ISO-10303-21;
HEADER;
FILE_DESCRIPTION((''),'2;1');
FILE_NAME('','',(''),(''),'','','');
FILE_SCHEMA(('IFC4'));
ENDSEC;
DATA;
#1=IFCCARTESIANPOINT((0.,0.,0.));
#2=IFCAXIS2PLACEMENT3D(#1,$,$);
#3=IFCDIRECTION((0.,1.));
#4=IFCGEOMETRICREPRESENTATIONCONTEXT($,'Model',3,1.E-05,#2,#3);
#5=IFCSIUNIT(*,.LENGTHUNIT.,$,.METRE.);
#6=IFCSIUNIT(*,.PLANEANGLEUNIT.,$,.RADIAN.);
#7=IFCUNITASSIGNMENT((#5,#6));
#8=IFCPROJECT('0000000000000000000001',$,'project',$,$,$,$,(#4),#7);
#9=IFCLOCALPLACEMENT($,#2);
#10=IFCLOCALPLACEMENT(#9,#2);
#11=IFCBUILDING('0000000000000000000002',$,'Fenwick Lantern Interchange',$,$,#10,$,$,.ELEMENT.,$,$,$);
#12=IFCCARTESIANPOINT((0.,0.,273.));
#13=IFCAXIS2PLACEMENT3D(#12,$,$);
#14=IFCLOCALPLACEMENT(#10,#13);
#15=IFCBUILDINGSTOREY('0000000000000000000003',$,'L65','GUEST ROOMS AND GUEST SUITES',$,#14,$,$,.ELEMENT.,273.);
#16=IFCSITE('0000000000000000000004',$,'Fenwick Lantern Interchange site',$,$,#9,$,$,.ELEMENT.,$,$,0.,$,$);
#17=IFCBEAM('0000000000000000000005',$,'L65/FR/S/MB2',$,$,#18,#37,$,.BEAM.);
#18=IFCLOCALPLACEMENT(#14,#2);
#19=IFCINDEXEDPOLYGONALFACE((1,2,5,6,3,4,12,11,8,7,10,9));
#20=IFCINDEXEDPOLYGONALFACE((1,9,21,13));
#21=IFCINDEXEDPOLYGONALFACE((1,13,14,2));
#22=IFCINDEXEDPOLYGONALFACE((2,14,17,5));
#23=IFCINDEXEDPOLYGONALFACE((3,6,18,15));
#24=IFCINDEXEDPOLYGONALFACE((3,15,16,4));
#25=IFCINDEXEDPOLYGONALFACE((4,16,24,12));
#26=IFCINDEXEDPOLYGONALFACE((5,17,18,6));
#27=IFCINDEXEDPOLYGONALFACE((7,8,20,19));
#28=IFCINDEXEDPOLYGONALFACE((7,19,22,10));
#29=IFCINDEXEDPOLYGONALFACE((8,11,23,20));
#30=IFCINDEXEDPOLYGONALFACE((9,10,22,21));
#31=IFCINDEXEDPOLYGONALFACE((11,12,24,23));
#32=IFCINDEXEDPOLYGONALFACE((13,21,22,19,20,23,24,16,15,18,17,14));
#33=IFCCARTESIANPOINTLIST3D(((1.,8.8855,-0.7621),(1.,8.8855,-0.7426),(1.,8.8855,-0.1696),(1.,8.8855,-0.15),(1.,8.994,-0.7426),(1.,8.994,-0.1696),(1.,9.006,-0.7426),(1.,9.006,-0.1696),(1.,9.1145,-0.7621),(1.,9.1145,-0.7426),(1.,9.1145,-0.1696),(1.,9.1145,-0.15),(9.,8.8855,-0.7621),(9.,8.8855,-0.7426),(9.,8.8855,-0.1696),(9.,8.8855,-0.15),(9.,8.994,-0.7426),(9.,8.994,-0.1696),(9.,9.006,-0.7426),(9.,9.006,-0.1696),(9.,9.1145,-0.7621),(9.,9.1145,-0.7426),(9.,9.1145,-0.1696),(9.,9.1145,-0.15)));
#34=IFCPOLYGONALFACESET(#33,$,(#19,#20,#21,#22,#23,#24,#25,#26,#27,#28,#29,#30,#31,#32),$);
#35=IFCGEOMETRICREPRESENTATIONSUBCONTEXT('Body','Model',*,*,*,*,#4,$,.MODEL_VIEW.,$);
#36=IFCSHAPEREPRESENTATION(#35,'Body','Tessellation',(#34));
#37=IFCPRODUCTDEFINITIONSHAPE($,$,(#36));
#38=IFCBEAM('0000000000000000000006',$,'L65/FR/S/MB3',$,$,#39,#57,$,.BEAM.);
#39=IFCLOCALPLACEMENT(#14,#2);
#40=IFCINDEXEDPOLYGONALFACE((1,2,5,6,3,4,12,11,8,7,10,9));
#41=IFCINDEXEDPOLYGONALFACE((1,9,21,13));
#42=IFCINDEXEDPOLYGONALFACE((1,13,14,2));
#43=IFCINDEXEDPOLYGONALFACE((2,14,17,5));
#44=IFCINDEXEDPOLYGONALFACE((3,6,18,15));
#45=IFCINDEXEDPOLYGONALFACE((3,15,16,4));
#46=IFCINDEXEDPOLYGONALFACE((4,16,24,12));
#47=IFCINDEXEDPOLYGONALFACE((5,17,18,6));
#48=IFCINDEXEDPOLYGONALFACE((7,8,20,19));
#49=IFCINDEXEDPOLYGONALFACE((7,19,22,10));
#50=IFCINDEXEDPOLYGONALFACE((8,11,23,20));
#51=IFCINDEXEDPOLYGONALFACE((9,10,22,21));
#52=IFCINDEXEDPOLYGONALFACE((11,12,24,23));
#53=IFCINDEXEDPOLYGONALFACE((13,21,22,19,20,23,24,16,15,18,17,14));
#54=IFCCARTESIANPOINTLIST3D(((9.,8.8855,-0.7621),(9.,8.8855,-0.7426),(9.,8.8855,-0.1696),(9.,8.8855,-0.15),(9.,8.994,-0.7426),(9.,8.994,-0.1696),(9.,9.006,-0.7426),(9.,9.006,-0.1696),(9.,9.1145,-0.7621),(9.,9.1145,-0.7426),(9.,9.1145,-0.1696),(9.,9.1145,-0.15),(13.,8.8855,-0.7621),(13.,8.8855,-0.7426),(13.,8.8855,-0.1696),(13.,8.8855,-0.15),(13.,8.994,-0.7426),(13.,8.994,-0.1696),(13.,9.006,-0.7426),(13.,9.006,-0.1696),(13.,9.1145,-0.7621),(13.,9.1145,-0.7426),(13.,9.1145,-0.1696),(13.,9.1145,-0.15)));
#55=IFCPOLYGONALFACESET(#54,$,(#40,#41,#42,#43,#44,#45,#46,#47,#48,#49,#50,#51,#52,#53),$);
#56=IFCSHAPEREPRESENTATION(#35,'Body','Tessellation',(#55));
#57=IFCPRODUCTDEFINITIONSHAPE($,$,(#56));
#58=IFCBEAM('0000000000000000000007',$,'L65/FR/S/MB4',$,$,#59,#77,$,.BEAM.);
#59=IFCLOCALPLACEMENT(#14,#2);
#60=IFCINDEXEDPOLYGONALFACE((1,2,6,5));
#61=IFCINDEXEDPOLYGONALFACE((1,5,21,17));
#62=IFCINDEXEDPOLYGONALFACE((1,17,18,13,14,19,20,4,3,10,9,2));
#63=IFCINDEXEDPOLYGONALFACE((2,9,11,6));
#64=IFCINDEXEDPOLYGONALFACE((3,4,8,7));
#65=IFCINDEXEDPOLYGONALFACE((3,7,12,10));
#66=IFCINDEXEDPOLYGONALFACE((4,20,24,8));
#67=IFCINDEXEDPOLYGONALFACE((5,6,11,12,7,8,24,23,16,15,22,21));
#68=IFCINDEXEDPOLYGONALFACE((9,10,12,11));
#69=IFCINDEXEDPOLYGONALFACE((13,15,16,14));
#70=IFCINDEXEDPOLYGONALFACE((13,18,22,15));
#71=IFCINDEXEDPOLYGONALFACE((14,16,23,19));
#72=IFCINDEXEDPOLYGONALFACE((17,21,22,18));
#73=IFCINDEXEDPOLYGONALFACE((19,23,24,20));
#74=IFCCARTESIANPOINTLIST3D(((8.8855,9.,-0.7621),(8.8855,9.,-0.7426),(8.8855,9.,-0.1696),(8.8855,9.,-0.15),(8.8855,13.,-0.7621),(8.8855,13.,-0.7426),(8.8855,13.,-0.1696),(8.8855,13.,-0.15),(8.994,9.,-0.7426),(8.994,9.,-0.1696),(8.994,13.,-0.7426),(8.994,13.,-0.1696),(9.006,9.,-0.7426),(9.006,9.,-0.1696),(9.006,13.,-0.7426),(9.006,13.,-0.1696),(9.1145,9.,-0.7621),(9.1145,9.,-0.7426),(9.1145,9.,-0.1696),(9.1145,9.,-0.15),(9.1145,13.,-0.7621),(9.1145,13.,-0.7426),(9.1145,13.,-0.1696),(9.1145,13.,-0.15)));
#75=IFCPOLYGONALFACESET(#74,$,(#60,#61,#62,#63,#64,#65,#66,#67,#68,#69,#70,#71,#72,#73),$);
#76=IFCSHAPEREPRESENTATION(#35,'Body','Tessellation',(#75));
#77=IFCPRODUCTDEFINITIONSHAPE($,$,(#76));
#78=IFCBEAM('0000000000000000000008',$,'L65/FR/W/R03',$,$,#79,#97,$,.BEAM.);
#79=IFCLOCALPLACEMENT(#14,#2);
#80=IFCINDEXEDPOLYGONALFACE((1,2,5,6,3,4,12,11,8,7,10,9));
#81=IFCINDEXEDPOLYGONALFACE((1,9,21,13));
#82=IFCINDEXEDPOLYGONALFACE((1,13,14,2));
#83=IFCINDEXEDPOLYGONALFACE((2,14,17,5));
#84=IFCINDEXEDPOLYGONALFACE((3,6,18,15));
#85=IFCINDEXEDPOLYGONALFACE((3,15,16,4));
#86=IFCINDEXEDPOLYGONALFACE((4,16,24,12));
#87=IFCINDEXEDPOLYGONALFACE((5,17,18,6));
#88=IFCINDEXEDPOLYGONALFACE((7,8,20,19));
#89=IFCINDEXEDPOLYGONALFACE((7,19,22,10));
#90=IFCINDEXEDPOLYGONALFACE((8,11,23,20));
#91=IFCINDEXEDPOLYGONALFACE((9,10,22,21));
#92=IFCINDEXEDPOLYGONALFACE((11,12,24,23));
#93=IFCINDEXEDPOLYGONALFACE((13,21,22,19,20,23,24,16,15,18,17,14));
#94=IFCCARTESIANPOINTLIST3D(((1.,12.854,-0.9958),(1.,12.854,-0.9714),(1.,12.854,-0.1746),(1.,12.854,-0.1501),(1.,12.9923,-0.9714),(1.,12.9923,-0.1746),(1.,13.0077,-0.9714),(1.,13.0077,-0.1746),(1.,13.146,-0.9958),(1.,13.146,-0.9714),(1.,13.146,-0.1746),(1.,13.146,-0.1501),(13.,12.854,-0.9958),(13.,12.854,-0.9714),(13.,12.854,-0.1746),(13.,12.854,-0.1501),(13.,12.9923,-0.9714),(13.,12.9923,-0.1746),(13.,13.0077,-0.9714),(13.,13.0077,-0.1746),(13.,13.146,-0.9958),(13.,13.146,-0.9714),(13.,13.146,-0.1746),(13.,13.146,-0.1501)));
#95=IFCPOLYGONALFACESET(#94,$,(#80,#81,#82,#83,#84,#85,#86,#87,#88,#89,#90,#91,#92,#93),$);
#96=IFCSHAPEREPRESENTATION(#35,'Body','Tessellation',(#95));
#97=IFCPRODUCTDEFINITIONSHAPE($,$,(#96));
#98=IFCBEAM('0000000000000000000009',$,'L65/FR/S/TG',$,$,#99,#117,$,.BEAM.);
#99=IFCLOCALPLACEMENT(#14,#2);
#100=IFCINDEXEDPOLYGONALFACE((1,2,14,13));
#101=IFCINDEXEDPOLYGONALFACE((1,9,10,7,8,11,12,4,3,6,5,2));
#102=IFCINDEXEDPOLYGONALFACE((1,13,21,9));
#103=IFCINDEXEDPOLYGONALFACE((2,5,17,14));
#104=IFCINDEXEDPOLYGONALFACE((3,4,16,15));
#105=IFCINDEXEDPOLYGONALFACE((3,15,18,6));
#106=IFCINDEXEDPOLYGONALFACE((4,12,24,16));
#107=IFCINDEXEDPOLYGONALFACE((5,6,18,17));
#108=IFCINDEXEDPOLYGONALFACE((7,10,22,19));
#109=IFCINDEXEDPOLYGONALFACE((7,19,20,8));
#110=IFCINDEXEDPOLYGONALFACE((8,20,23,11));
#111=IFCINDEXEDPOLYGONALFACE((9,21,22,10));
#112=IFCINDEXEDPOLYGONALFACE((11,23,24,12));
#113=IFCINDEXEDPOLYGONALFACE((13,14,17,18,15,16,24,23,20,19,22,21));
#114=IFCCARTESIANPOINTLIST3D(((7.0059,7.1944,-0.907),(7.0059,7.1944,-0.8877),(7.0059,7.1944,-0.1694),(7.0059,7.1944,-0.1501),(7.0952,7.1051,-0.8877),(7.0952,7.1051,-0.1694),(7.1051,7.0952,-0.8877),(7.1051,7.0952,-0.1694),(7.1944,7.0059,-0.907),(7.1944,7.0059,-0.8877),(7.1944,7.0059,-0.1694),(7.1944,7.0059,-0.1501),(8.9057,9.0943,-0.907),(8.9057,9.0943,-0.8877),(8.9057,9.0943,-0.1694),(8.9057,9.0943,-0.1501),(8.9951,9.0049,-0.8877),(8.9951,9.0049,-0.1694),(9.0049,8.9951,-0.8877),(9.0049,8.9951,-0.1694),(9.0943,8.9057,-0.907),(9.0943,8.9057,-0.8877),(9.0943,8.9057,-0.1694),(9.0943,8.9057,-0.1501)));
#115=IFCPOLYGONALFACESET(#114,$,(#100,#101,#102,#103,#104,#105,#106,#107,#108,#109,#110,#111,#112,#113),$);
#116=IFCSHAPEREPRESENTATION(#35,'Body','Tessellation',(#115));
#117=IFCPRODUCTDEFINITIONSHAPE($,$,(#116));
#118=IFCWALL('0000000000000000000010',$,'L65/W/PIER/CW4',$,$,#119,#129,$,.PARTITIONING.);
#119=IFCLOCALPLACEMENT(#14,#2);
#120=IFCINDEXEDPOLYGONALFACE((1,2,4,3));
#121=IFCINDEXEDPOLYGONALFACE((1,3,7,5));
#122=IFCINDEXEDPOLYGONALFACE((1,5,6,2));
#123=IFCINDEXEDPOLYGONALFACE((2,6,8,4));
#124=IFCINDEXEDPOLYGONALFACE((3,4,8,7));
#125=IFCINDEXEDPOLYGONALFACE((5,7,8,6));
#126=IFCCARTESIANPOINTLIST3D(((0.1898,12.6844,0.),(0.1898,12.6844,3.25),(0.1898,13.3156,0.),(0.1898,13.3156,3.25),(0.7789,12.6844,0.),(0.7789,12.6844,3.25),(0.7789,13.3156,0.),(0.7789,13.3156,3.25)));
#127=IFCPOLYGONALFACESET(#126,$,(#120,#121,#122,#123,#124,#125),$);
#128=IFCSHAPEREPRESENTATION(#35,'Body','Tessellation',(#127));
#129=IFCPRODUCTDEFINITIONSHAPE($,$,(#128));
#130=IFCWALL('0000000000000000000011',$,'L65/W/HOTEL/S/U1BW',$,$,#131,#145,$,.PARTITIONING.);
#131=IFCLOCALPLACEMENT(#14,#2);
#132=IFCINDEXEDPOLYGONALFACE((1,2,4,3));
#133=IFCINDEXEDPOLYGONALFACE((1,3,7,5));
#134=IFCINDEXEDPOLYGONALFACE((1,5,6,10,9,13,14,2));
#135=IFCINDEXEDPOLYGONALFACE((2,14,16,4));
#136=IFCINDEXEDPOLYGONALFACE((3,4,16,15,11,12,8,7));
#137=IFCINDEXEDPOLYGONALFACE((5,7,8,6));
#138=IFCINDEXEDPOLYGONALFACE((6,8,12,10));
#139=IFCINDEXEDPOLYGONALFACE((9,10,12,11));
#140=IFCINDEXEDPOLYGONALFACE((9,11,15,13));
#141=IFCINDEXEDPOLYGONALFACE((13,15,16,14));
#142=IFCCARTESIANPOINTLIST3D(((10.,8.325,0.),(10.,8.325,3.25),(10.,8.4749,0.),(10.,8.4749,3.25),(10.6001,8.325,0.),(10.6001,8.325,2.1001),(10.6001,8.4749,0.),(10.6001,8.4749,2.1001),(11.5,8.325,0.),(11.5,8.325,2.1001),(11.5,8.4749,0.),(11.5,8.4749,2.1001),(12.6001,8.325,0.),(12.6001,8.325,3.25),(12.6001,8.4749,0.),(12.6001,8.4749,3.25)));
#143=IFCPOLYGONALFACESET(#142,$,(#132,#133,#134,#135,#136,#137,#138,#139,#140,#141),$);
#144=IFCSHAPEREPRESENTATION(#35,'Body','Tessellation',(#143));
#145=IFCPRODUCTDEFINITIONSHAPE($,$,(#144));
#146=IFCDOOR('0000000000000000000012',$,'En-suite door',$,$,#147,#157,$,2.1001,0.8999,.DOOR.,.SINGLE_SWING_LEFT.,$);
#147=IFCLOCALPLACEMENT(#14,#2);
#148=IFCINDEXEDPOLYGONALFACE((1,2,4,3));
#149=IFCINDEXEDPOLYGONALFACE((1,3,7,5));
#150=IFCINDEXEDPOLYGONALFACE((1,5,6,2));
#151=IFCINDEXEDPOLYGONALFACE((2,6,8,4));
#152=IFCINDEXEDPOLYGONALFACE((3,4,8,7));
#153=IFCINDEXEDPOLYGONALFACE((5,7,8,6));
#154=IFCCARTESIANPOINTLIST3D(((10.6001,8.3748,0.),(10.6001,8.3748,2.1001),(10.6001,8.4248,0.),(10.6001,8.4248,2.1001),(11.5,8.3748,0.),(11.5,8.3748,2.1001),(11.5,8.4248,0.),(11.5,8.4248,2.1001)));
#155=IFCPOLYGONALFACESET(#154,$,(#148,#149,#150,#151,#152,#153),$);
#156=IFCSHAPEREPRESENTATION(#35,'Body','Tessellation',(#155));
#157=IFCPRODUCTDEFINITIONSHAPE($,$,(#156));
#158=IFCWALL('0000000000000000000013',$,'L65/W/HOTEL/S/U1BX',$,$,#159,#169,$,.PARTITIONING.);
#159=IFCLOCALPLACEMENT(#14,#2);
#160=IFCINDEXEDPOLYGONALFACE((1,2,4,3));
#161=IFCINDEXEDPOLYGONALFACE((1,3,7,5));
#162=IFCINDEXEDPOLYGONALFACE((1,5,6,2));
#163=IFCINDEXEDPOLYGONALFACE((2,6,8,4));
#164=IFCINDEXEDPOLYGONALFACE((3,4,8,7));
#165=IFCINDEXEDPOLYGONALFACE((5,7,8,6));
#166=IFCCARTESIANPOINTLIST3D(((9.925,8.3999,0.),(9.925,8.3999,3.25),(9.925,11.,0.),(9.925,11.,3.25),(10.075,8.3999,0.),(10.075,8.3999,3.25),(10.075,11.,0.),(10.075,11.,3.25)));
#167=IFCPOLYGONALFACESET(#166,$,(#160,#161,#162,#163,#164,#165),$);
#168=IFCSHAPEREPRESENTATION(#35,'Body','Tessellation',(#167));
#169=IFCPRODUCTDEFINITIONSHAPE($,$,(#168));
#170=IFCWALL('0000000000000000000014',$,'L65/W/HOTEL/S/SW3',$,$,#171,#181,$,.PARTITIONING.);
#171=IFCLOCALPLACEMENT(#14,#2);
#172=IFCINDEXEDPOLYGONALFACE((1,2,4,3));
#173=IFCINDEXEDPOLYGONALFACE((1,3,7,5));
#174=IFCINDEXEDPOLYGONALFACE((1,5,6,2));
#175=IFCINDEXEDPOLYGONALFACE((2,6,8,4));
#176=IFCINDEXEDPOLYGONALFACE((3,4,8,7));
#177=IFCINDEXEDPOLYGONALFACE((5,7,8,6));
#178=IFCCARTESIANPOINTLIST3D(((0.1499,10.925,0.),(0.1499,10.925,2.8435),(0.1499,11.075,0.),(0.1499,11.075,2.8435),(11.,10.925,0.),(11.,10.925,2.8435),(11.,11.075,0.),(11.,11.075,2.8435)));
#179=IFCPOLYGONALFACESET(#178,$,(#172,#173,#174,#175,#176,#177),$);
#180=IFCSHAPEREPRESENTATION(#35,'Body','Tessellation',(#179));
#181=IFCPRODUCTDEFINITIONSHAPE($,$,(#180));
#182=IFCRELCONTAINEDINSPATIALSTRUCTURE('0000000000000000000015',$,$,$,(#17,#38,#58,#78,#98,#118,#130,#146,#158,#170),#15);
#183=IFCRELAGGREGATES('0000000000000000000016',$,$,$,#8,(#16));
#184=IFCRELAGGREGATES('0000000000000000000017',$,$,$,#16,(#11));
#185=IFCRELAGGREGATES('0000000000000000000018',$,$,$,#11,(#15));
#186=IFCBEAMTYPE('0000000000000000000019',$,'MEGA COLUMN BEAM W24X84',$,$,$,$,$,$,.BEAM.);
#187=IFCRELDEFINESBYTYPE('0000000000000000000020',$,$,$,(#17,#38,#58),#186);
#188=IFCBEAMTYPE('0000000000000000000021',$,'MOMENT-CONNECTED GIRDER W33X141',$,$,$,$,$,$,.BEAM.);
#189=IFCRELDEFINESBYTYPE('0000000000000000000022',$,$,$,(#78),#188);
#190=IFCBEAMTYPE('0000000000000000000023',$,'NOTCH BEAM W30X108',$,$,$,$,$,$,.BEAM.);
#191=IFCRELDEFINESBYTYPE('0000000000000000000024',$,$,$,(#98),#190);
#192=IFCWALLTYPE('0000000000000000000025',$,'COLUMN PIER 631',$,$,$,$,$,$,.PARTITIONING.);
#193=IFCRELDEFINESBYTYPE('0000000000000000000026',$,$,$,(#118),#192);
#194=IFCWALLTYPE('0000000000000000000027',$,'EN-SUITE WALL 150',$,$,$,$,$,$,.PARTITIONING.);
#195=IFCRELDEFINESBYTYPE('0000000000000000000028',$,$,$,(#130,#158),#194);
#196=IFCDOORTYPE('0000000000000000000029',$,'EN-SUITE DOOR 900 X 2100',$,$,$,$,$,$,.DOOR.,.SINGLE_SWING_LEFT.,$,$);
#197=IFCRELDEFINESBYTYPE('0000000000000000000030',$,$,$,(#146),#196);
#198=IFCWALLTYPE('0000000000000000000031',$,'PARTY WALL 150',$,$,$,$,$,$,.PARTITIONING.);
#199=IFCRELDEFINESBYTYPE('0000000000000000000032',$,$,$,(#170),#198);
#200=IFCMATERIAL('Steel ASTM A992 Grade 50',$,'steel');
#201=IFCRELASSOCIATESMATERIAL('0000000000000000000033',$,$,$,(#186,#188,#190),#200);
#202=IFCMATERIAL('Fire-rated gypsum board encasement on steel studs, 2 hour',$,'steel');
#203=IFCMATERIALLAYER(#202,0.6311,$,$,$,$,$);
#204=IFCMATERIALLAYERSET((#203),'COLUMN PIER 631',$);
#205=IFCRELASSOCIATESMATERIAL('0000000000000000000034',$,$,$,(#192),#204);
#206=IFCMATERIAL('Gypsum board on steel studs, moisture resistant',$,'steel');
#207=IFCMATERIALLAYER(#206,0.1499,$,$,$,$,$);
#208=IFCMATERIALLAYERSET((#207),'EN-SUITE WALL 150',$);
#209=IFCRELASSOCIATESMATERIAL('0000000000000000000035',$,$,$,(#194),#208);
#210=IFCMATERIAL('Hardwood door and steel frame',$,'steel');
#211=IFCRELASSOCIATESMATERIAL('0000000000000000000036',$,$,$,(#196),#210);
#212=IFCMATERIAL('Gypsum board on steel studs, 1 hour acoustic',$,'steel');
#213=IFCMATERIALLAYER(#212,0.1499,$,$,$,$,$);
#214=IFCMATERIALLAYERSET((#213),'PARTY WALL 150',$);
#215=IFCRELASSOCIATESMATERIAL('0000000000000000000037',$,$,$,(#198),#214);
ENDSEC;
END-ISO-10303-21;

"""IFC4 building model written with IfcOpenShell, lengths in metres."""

from ifc_helpers import new_model, si_unit, direction, frame, frame_2d, origin, origin_2d, place, context, subcontext, project, spatial, rectangle, i_section, extrude, material, layer, layer_set, material_profile, profile_set, type_object, element, fill, save


model = new_model("IFC4")

# Units and contexts
model_context = context("Model", 3, precision=1e-05, world=origin(), true_north=direction((0.0, 1.0)))
body_context = subcontext(model_context, "Body", "Model", "MODEL_VIEW")
ifc_project = project(units=[si_unit("LENGTHUNIT", "METRE"), si_unit("PLANEANGLEUNIT", "RADIAN")], contexts=[model_context])

# Site, building, storey
site_placement = place(None, origin())
site = spatial("IfcSite", under=ifc_project, at=site_placement, Name="Fenwick Lantern Interchange site", CompositionType="ELEMENT", RefElevation=0.0)
building_placement = place(site_placement, origin())
building = spatial("IfcBuilding", under=site, at=building_placement, Name="Fenwick Lantern Interchange", CompositionType="ELEMENT")
storey_placement = place(building_placement, frame((0.0, 0.0, 273.0)))
storey = spatial("IfcBuildingStorey", under=building, at=storey_placement, Name="L65", Description="GUEST ROOMS AND GUEST SUITES", CompositionType="ELEMENT", Elevation=273.0)

# Shared definitions
ifc_material_1 = material(Name="Steel ASTM A992 Grade 50", Category="steel")

# Beams
ifc_material_profile_1 = material_profile(ifc_material_1, i_section(OverallWidth=0.229, OverallDepth=0.6121, WebThickness=0.012, FlangeThickness=0.0195, at=origin_2d()), Name="W24X84")
ifc_profile_set_1 = profile_set([ifc_material_profile_1], Name="Steel ASTM A992 Grade 50")
beam_type_1 = type_object("IfcBeamType", Name="MEGA COLUMN BEAM W24X84", PredefinedType="BEAM", material=ifc_profile_set_1)
for number, where, z_axis, x_axis, name in (
    (1, (9.0, 9.0, -0.4561), (-1.0, 0.0, 0.0), (0.0, -1.0, 0.0), "L65/FR/S/MB2"),
):
    element("IfcBeam", number, at=place(storey_placement, frame(where, z_axis=z_axis, x_axis=x_axis)), inside=storey, type_object=beam_type_1, Name=name, PredefinedType="BEAM", context=body_context, shape_type="SweptSolid", body=[
        extrude(i_section(OverallWidth=0.229, OverallDepth=0.6121, WebThickness=0.012, FlangeThickness=0.0195, at=origin_2d()), origin(), (0.0, 0.0, 1.0), 8.0),
    ])
for number, where, z_axis, x_axis, name in (
    (2, (9.0, 9.0, -0.4561), (1.0, 0.0, 0.0), (0.0, 1.0, 0.0), "L65/FR/S/MB3"),
    (3, (9.0, 9.0, -0.4561), (0.0, 1.0, 0.0), (-1.0, 0.0, 0.0), "L65/FR/S/MB4"),
):
    element("IfcBeam", number, at=place(storey_placement, frame(where, z_axis=z_axis, x_axis=x_axis)), inside=storey, type_object=beam_type_1, Name=name, PredefinedType="BEAM", context=body_context, shape_type="SweptSolid", body=[
        extrude(i_section(OverallWidth=0.229, OverallDepth=0.6121, WebThickness=0.012, FlangeThickness=0.0195, at=origin_2d()), origin(), (0.0, 0.0, 1.0), 4.0),
    ])
ifc_material_profile_2 = material_profile(ifc_material_1, i_section(OverallWidth=0.292, OverallDepth=0.8457, WebThickness=0.0154, FlangeThickness=0.0244, at=origin_2d()), Name="W33X141")
ifc_profile_set_2 = profile_set([ifc_material_profile_2], Name="Steel ASTM A992 Grade 50")
beam_type_2 = type_object("IfcBeamType", Name="MOMENT-CONNECTED GIRDER W33X141", PredefinedType="BEAM", material=ifc_profile_set_2)
beam_1_placement = place(storey_placement, frame((1.0, 13.0, -0.573), z_axis=(1.0, 0.0, 0.0), x_axis=(0.0, 1.0, 0.0)))
element("IfcBeam", 4, at=beam_1_placement, inside=storey, type_object=beam_type_2, Name="L65/FR/W/R03", PredefinedType="BEAM", context=body_context, shape_type="SweptSolid", body=[
    extrude(i_section(OverallWidth=0.292, OverallDepth=0.8457, WebThickness=0.0154, FlangeThickness=0.0244, at=origin_2d()), origin(), (0.0, 0.0, 1.0), 12.0),
])
ifc_material_profile_3 = material_profile(ifc_material_1, i_section(OverallWidth=0.2666, OverallDepth=0.7568, WebThickness=0.0139, FlangeThickness=0.0193, at=origin_2d()), Name="W30X108")
ifc_profile_set_3 = profile_set([ifc_material_profile_3], Name="Steel ASTM A992 Grade 50")
beam_type_3 = type_object("IfcBeamType", Name="NOTCH BEAM W30X108", PredefinedType="BEAM", material=ifc_profile_set_3)
beam_2_placement = place(storey_placement, frame((9.0, 9.0, -0.5286), z_axis=(-0.707107, -0.707107, 0.0), x_axis=(0.707107, -0.707107, 0.0)))
element("IfcBeam", 5, at=beam_2_placement, inside=storey, type_object=beam_type_3, Name="L65/FR/S/TG", PredefinedType="BEAM", context=body_context, shape_type="SweptSolid", body=[
    extrude(i_section(OverallWidth=0.2666, OverallDepth=0.7568, WebThickness=0.0139, FlangeThickness=0.0193, at=origin_2d()), origin(), (0.0, 0.0, 1.0), 2.6868),
])

# Wall
ifc_material_2 = material(Name="Fire-rated gypsum board encasement on steel studs, 2 hour", Category="steel")
ifc_layer_1 = layer(ifc_material_2, 0.6311)
ifc_layer_set_1 = layer_set([ifc_layer_1], Name="COLUMN PIER 631")
wall_type_1 = type_object("IfcWallType", Name="COLUMN PIER 631", PredefinedType="PARTITIONING", material=ifc_layer_set_1)
wall_1_placement = place(storey_placement, frame((0.1899, 13.0, 0.0), z_axis=(0.0, 0.0, 1.0), x_axis=(1.0, 0.0, 0.0)))
element("IfcWall", 6, at=wall_1_placement, inside=storey, type_object=wall_type_1, Name="L65/W/PIER/CW4", PredefinedType="PARTITIONING", context=body_context, shape_type="SweptSolid", body=[
    extrude(rectangle(XDim=0.5891, YDim=0.6311, at=frame_2d((0.2944, 0.0))), origin(), (0.0, 0.0, 1.0), 3.25),
])

# Wall, opening, door
ifc_material_3 = material(Name="Gypsum board on steel studs, moisture resistant", Category="steel")
ifc_layer_2 = layer(ifc_material_3, 0.1499)
ifc_layer_set_2 = layer_set([ifc_layer_2], Name="EN-SUITE WALL 150")
wall_type_2 = type_object("IfcWallType", Name="EN-SUITE WALL 150", PredefinedType="PARTITIONING", material=ifc_layer_set_2)
wall_2_placement = place(storey_placement, frame((10.0, 8.3999, 0.0), z_axis=(0.0, 0.0, 1.0), x_axis=(1.0, 0.0, 0.0)))
wall_2 = element("IfcWall", 7, at=wall_2_placement, inside=storey, type_object=wall_type_2, Name="L65/W/HOTEL/S/U1BW", PredefinedType="PARTITIONING", context=body_context, shape_type="SweptSolid", body=[
    extrude(rectangle(XDim=2.6001, YDim=0.1499, at=frame_2d((1.3, 0.0))), origin(), (0.0, 0.0, 1.0), 3.25),
])
opening_placement = place(wall_2_placement, frame((0.6001, 0.0, 0.0)))
opening = element("IfcOpeningElement", 8, at=opening_placement, cuts=wall_2, PredefinedType="OPENING", context=body_context, shape_type="SweptSolid", body=[
    extrude(rectangle(XDim=0.8999, YDim=2.1001, at=frame_2d((0.45, 1.05))), frame((0.0, 0.085, 0.0), z_axis=(0.0, -1.0, 0.0), x_axis=(1.0, 0.0, 0.0)), (0.0, 0.0, 1.0), 0.1699),
])
ifc_material_4 = material(Name="Hardwood door and steel frame", Category="steel")
door_type = type_object("IfcDoorType", Name="EN-SUITE DOOR 900 X 2100", OperationType="SINGLE_SWING_LEFT", PredefinedType="DOOR", material=ifc_material_4)
door_placement = place(opening_placement, origin())
door = element("IfcDoor", 9, at=door_placement, inside=storey, type_object=door_type, Name="En-suite door", OperationType="SINGLE_SWING_LEFT", OverallHeight=2.1001, OverallWidth=0.8999, PredefinedType="DOOR", context=body_context, shape_type="SweptSolid", body=[
    extrude(rectangle(XDim=0.8999, YDim=2.1001, at=frame_2d((0.45, 1.05))), frame((0.0, 0.0249, 0.0), z_axis=(0.0, -1.0, 0.0), x_axis=(1.0, 0.0, 0.0)), (0.0, 0.0, 1.0), 0.05),
])
fill(opening, door)

# Walls
wall_3_placement = place(storey_placement, frame((10.0, 8.3999, 0.0), z_axis=(0.0, 0.0, 1.0), x_axis=(0.0, 1.0, 0.0)))
element("IfcWall", 10, at=wall_3_placement, inside=storey, type_object=wall_type_2, Name="L65/W/HOTEL/S/U1BX", PredefinedType="PARTITIONING", context=body_context, shape_type="SweptSolid", body=[
    extrude(rectangle(XDim=2.6001, YDim=0.1499, at=frame_2d((1.3, 0.0))), origin(), (0.0, 0.0, 1.0), 3.25),
])
ifc_material_5 = material(Name="Gypsum board on steel studs, 1 hour acoustic", Category="steel")
ifc_layer_3 = layer(ifc_material_5, 0.1499)
ifc_layer_set_3 = layer_set([ifc_layer_3], Name="PARTY WALL 150")
wall_type_3 = type_object("IfcWallType", Name="PARTY WALL 150", PredefinedType="PARTITIONING", material=ifc_layer_set_3)
wall_4_placement = place(storey_placement, frame((0.1499, 11.0, 0.0), z_axis=(0.0, 0.0, 1.0), x_axis=(1.0, 0.0, 0.0)))
element("IfcWall", 11, at=wall_4_placement, inside=storey, type_object=wall_type_3, Name="L65/W/HOTEL/S/SW3", PredefinedType="PARTITIONING", context=body_context, shape_type="SweptSolid", body=[
    extrude(rectangle(XDim=10.8501, YDim=0.1499, at=frame_2d((5.425, 0.0))), origin(), (0.0, 0.0, 1.0), 2.8435),
])

save(model, "model.ifc")
